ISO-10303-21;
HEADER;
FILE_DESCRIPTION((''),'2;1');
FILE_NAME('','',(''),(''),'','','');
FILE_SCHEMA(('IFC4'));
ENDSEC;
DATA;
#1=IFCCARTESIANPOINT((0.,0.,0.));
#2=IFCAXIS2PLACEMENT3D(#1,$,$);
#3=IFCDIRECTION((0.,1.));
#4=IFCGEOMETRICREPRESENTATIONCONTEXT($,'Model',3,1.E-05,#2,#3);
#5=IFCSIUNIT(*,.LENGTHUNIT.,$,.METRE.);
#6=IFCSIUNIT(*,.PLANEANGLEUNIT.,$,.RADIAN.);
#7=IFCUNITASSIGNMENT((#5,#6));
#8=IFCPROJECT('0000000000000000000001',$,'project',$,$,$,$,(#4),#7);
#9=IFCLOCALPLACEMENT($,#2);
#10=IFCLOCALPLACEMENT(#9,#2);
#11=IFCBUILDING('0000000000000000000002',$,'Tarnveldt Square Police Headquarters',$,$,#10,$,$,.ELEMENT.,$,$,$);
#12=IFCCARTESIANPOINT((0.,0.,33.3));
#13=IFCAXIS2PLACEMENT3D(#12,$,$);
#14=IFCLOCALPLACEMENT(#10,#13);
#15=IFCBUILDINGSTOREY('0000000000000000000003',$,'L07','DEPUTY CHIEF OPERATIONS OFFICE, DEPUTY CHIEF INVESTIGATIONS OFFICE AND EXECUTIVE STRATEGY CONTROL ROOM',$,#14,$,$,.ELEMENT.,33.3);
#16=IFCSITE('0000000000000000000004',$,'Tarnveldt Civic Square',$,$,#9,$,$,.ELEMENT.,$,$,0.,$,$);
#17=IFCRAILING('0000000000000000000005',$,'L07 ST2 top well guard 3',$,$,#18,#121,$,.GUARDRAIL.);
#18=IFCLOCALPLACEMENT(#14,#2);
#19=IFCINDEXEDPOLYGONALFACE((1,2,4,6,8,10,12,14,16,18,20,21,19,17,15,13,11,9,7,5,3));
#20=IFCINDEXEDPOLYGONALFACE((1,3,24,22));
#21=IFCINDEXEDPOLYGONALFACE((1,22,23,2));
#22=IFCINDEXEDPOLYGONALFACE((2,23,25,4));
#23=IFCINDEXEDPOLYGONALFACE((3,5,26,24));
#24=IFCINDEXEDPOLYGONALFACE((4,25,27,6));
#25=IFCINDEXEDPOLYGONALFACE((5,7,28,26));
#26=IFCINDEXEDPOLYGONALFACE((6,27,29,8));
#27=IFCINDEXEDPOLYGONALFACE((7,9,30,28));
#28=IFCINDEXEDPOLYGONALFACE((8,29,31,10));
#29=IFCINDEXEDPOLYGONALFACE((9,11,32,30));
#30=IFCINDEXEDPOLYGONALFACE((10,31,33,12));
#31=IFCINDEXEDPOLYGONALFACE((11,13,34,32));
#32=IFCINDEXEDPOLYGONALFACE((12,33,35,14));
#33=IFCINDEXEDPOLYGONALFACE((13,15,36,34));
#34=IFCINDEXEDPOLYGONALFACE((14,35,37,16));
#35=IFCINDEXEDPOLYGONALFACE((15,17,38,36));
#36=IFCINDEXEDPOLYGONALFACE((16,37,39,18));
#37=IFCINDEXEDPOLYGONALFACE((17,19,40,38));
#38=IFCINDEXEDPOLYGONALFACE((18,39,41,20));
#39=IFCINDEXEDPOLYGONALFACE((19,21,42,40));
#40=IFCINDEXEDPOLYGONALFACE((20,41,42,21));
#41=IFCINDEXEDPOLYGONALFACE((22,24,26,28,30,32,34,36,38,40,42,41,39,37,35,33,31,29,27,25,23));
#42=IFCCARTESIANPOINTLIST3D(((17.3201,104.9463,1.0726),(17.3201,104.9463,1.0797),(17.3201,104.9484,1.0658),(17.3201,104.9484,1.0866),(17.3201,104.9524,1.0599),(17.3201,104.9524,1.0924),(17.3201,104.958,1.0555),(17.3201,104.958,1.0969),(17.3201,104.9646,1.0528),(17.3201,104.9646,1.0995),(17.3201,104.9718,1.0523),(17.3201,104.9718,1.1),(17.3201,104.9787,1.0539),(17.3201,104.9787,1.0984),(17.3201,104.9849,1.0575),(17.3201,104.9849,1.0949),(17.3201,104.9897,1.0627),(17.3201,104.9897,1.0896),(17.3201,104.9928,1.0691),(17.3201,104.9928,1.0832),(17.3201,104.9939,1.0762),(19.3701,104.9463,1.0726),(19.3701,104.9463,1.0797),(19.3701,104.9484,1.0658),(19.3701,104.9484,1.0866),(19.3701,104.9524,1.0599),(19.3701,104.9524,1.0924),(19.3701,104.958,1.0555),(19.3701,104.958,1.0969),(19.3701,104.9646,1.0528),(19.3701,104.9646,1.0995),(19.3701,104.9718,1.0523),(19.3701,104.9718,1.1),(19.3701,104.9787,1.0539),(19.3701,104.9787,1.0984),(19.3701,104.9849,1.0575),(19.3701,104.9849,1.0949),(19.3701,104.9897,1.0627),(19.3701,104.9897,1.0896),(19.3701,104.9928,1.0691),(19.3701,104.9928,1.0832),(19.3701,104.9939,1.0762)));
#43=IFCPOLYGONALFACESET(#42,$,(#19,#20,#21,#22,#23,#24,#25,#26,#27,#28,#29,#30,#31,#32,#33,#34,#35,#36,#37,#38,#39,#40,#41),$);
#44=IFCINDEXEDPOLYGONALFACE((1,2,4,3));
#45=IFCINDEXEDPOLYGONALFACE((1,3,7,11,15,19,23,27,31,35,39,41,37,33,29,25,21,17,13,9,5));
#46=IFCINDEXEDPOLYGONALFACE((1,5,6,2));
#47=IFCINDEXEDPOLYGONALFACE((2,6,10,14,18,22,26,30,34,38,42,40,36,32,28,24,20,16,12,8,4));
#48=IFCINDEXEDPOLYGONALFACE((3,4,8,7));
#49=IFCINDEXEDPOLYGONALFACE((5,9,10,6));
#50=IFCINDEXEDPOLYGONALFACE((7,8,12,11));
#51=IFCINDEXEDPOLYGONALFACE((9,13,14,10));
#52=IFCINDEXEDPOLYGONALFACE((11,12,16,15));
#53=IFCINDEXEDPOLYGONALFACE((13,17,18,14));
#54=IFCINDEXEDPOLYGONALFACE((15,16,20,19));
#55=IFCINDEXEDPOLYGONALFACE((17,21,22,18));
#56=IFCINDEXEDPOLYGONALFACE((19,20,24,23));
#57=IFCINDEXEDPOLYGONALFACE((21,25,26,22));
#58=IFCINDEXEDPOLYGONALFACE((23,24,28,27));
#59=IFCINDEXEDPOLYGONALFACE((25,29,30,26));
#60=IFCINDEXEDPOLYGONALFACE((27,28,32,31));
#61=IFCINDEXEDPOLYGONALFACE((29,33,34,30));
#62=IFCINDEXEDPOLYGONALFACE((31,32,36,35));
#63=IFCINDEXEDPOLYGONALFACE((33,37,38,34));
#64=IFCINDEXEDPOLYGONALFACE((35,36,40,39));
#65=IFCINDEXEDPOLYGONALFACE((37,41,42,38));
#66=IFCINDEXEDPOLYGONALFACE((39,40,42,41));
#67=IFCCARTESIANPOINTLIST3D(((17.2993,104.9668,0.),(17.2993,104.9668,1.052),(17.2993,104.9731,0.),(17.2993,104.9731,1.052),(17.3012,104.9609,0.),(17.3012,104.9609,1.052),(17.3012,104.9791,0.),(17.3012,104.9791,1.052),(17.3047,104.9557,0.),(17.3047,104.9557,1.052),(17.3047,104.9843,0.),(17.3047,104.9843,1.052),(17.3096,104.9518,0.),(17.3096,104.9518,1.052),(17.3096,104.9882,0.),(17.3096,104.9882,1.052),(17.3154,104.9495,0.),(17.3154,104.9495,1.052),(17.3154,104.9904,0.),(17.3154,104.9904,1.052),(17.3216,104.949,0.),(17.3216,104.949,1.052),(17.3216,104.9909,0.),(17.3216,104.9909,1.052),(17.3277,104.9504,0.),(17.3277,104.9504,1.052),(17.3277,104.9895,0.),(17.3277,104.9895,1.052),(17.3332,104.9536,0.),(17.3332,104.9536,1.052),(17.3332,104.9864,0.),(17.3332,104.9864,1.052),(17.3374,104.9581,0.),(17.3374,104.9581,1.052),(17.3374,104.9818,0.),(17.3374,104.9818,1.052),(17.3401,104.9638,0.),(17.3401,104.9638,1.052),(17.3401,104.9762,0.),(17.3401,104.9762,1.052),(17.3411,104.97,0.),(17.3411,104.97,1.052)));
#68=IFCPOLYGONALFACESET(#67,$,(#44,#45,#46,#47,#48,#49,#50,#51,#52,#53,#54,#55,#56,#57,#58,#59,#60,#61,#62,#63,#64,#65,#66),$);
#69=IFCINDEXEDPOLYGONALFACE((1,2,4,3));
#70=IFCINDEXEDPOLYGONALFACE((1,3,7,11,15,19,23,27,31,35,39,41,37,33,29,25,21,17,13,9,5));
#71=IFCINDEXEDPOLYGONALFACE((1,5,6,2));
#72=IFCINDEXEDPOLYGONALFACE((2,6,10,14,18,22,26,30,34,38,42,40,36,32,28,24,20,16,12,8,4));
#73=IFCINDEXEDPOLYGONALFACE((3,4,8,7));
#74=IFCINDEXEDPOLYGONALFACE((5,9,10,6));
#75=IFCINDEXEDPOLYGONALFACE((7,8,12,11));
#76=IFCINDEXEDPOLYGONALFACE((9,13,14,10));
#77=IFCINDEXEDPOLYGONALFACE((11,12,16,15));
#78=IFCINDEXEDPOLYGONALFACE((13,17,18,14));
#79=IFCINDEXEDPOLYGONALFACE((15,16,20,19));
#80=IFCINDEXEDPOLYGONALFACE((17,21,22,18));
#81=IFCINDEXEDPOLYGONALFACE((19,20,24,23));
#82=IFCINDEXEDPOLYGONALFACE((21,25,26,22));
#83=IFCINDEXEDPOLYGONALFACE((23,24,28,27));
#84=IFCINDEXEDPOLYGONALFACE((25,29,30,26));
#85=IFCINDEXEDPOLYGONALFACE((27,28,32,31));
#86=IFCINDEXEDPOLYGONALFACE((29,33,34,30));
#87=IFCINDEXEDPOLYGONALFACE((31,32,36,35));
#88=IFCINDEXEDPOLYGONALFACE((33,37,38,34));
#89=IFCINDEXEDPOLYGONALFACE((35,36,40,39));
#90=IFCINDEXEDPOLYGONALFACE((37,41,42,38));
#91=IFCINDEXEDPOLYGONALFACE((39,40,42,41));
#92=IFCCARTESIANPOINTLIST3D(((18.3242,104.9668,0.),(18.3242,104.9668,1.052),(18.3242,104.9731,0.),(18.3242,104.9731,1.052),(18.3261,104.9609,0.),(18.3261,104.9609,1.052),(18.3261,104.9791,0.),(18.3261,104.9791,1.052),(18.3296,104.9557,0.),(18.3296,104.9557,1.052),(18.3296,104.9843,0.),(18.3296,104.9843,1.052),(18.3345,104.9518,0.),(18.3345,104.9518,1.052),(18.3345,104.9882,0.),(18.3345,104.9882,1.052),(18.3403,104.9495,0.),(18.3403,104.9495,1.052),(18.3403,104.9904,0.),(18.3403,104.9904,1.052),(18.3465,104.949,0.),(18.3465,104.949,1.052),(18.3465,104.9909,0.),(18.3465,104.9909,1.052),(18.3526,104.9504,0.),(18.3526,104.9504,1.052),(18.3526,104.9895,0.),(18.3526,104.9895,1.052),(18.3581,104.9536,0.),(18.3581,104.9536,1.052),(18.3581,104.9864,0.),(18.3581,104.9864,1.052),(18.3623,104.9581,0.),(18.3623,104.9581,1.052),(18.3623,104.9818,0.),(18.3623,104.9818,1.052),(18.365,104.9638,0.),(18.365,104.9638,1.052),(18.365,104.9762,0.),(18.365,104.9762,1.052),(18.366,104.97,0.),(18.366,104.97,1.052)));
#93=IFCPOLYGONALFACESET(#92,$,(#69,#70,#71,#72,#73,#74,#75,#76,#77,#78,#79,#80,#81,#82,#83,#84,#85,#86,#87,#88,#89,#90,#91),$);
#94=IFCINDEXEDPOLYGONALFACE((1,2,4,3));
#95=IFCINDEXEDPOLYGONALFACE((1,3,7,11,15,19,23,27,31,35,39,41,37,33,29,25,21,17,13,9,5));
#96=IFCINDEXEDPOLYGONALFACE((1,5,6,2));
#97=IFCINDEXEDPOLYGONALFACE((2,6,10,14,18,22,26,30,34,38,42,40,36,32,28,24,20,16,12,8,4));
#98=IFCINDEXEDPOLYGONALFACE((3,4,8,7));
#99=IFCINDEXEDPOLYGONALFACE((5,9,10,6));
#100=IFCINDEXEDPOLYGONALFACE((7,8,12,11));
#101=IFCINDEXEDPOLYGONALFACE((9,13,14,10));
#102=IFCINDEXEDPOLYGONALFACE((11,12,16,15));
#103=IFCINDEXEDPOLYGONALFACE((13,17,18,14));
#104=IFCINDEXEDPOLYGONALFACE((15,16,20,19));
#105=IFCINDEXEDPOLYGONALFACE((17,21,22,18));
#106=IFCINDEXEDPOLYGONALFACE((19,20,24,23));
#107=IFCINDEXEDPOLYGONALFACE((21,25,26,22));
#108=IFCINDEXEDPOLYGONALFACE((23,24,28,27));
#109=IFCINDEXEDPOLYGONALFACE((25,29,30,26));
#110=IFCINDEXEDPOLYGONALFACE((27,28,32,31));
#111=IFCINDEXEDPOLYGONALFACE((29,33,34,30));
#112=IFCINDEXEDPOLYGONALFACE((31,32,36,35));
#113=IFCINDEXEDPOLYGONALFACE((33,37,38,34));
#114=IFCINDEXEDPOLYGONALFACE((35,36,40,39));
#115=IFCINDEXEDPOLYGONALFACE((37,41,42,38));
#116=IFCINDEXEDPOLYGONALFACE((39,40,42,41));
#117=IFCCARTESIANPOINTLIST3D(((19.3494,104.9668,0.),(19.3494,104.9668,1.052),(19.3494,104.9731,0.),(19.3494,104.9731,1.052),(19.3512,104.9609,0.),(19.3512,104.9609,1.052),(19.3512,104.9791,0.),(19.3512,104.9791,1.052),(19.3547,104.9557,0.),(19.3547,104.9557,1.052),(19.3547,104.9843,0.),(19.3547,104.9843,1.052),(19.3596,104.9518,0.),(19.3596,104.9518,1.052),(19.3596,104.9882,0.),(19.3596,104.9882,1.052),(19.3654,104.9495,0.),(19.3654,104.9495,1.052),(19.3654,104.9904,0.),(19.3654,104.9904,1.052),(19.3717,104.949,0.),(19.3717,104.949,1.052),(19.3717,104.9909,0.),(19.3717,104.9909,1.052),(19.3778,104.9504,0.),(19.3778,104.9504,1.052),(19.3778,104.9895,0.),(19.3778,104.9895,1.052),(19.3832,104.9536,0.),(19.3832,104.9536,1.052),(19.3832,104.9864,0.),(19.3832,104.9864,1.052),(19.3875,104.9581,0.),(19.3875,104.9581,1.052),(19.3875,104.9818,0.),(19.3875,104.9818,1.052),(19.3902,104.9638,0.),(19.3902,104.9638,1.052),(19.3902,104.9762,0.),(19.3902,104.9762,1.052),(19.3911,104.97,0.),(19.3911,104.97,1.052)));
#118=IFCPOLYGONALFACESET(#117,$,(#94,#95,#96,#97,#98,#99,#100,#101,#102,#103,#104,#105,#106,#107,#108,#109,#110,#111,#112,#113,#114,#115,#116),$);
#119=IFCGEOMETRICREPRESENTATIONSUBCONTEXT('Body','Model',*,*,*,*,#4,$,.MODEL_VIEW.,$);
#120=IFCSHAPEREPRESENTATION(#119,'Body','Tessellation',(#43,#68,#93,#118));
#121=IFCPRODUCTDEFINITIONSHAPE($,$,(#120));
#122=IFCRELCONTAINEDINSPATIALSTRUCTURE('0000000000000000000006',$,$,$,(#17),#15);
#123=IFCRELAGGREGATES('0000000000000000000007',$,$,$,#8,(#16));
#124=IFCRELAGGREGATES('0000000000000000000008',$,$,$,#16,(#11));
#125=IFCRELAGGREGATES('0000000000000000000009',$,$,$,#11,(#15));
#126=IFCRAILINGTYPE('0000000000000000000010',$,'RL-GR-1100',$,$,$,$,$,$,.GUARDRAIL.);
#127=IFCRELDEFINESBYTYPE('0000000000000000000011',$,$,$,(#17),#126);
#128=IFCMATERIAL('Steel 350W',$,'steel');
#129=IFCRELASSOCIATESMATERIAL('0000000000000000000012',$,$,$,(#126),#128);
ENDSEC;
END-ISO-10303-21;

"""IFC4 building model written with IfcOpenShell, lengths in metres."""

from ifc_helpers import new_model, si_unit, direction, frame, origin, origin_2d, place, context, subcontext, project, spatial, circle, extrude, material, type_object, element, save


model = new_model("IFC4")

# Units and contexts
model_context = context("Model", 3, precision=1e-05, world=origin(), true_north=direction((0.0, 1.0)))
body_context = subcontext(model_context, "Body", "Model", "MODEL_VIEW")
ifc_project = project(units=[si_unit("LENGTHUNIT", "METRE"), si_unit("PLANEANGLEUNIT", "RADIAN")], contexts=[model_context])

# Site, building, storey
site_placement = place(None, origin())
site = spatial("IfcSite", under=ifc_project, at=site_placement, Name="Tarnveldt Civic Square", CompositionType="ELEMENT", RefElevation=0.0)
building_placement = place(site_placement, origin())
building = spatial("IfcBuilding", under=site, at=building_placement, Name="Tarnveldt Square Police Headquarters", CompositionType="ELEMENT")
storey_placement = place(building_placement, frame((0.0, 0.0, 33.3)))
storey = spatial("IfcBuildingStorey", under=building, at=storey_placement, Name="L07", Description="DEPUTY CHIEF OPERATIONS OFFICE, DEPUTY CHIEF INVESTIGATIONS OFFICE AND EXECUTIVE STRATEGY CONTROL ROOM", CompositionType="ELEMENT", Elevation=33.3)

# Shared definitions
ifc_material_1 = material(Name="Steel 350W", Category="steel")

# Railing
railing_type = type_object("IfcRailingType", Name="RL-GR-1100", PredefinedType="GUARDRAIL", material=ifc_material_1)
railing_1_placement = place(storey_placement, frame((17.3201, 104.97, 0.0)))
element("IfcRailing", 1, at=railing_1_placement, inside=storey, type_object=railing_type, Name="L07 ST2 top well guard 3", PredefinedType="GUARDRAIL", context=body_context, shape_type="SweptSolid", body=[
    extrude(circle(Radius=0.0239, at=origin_2d()), frame((0.0, 0.0, 1.0762), z_axis=(1.0, 0.0, 0.0), x_axis=(0.0, 1.0, 0.0)), (0.0, 0.0, 1.0), 2.05),
    extrude(circle(Radius=0.021, at=origin_2d()), origin(), (0.0, 0.0, 1.0), 1.052),
    extrude(circle(Radius=0.021, at=origin_2d()), frame((1.0249, 0.0, 0.0)), (0.0, 0.0, 1.0), 1.052),
    extrude(circle(Radius=0.021, at=origin_2d()), frame((2.05, 0.0, 0.0)), (0.0, 0.0, 1.0), 1.052),
])

save(model, "model.ifc")
